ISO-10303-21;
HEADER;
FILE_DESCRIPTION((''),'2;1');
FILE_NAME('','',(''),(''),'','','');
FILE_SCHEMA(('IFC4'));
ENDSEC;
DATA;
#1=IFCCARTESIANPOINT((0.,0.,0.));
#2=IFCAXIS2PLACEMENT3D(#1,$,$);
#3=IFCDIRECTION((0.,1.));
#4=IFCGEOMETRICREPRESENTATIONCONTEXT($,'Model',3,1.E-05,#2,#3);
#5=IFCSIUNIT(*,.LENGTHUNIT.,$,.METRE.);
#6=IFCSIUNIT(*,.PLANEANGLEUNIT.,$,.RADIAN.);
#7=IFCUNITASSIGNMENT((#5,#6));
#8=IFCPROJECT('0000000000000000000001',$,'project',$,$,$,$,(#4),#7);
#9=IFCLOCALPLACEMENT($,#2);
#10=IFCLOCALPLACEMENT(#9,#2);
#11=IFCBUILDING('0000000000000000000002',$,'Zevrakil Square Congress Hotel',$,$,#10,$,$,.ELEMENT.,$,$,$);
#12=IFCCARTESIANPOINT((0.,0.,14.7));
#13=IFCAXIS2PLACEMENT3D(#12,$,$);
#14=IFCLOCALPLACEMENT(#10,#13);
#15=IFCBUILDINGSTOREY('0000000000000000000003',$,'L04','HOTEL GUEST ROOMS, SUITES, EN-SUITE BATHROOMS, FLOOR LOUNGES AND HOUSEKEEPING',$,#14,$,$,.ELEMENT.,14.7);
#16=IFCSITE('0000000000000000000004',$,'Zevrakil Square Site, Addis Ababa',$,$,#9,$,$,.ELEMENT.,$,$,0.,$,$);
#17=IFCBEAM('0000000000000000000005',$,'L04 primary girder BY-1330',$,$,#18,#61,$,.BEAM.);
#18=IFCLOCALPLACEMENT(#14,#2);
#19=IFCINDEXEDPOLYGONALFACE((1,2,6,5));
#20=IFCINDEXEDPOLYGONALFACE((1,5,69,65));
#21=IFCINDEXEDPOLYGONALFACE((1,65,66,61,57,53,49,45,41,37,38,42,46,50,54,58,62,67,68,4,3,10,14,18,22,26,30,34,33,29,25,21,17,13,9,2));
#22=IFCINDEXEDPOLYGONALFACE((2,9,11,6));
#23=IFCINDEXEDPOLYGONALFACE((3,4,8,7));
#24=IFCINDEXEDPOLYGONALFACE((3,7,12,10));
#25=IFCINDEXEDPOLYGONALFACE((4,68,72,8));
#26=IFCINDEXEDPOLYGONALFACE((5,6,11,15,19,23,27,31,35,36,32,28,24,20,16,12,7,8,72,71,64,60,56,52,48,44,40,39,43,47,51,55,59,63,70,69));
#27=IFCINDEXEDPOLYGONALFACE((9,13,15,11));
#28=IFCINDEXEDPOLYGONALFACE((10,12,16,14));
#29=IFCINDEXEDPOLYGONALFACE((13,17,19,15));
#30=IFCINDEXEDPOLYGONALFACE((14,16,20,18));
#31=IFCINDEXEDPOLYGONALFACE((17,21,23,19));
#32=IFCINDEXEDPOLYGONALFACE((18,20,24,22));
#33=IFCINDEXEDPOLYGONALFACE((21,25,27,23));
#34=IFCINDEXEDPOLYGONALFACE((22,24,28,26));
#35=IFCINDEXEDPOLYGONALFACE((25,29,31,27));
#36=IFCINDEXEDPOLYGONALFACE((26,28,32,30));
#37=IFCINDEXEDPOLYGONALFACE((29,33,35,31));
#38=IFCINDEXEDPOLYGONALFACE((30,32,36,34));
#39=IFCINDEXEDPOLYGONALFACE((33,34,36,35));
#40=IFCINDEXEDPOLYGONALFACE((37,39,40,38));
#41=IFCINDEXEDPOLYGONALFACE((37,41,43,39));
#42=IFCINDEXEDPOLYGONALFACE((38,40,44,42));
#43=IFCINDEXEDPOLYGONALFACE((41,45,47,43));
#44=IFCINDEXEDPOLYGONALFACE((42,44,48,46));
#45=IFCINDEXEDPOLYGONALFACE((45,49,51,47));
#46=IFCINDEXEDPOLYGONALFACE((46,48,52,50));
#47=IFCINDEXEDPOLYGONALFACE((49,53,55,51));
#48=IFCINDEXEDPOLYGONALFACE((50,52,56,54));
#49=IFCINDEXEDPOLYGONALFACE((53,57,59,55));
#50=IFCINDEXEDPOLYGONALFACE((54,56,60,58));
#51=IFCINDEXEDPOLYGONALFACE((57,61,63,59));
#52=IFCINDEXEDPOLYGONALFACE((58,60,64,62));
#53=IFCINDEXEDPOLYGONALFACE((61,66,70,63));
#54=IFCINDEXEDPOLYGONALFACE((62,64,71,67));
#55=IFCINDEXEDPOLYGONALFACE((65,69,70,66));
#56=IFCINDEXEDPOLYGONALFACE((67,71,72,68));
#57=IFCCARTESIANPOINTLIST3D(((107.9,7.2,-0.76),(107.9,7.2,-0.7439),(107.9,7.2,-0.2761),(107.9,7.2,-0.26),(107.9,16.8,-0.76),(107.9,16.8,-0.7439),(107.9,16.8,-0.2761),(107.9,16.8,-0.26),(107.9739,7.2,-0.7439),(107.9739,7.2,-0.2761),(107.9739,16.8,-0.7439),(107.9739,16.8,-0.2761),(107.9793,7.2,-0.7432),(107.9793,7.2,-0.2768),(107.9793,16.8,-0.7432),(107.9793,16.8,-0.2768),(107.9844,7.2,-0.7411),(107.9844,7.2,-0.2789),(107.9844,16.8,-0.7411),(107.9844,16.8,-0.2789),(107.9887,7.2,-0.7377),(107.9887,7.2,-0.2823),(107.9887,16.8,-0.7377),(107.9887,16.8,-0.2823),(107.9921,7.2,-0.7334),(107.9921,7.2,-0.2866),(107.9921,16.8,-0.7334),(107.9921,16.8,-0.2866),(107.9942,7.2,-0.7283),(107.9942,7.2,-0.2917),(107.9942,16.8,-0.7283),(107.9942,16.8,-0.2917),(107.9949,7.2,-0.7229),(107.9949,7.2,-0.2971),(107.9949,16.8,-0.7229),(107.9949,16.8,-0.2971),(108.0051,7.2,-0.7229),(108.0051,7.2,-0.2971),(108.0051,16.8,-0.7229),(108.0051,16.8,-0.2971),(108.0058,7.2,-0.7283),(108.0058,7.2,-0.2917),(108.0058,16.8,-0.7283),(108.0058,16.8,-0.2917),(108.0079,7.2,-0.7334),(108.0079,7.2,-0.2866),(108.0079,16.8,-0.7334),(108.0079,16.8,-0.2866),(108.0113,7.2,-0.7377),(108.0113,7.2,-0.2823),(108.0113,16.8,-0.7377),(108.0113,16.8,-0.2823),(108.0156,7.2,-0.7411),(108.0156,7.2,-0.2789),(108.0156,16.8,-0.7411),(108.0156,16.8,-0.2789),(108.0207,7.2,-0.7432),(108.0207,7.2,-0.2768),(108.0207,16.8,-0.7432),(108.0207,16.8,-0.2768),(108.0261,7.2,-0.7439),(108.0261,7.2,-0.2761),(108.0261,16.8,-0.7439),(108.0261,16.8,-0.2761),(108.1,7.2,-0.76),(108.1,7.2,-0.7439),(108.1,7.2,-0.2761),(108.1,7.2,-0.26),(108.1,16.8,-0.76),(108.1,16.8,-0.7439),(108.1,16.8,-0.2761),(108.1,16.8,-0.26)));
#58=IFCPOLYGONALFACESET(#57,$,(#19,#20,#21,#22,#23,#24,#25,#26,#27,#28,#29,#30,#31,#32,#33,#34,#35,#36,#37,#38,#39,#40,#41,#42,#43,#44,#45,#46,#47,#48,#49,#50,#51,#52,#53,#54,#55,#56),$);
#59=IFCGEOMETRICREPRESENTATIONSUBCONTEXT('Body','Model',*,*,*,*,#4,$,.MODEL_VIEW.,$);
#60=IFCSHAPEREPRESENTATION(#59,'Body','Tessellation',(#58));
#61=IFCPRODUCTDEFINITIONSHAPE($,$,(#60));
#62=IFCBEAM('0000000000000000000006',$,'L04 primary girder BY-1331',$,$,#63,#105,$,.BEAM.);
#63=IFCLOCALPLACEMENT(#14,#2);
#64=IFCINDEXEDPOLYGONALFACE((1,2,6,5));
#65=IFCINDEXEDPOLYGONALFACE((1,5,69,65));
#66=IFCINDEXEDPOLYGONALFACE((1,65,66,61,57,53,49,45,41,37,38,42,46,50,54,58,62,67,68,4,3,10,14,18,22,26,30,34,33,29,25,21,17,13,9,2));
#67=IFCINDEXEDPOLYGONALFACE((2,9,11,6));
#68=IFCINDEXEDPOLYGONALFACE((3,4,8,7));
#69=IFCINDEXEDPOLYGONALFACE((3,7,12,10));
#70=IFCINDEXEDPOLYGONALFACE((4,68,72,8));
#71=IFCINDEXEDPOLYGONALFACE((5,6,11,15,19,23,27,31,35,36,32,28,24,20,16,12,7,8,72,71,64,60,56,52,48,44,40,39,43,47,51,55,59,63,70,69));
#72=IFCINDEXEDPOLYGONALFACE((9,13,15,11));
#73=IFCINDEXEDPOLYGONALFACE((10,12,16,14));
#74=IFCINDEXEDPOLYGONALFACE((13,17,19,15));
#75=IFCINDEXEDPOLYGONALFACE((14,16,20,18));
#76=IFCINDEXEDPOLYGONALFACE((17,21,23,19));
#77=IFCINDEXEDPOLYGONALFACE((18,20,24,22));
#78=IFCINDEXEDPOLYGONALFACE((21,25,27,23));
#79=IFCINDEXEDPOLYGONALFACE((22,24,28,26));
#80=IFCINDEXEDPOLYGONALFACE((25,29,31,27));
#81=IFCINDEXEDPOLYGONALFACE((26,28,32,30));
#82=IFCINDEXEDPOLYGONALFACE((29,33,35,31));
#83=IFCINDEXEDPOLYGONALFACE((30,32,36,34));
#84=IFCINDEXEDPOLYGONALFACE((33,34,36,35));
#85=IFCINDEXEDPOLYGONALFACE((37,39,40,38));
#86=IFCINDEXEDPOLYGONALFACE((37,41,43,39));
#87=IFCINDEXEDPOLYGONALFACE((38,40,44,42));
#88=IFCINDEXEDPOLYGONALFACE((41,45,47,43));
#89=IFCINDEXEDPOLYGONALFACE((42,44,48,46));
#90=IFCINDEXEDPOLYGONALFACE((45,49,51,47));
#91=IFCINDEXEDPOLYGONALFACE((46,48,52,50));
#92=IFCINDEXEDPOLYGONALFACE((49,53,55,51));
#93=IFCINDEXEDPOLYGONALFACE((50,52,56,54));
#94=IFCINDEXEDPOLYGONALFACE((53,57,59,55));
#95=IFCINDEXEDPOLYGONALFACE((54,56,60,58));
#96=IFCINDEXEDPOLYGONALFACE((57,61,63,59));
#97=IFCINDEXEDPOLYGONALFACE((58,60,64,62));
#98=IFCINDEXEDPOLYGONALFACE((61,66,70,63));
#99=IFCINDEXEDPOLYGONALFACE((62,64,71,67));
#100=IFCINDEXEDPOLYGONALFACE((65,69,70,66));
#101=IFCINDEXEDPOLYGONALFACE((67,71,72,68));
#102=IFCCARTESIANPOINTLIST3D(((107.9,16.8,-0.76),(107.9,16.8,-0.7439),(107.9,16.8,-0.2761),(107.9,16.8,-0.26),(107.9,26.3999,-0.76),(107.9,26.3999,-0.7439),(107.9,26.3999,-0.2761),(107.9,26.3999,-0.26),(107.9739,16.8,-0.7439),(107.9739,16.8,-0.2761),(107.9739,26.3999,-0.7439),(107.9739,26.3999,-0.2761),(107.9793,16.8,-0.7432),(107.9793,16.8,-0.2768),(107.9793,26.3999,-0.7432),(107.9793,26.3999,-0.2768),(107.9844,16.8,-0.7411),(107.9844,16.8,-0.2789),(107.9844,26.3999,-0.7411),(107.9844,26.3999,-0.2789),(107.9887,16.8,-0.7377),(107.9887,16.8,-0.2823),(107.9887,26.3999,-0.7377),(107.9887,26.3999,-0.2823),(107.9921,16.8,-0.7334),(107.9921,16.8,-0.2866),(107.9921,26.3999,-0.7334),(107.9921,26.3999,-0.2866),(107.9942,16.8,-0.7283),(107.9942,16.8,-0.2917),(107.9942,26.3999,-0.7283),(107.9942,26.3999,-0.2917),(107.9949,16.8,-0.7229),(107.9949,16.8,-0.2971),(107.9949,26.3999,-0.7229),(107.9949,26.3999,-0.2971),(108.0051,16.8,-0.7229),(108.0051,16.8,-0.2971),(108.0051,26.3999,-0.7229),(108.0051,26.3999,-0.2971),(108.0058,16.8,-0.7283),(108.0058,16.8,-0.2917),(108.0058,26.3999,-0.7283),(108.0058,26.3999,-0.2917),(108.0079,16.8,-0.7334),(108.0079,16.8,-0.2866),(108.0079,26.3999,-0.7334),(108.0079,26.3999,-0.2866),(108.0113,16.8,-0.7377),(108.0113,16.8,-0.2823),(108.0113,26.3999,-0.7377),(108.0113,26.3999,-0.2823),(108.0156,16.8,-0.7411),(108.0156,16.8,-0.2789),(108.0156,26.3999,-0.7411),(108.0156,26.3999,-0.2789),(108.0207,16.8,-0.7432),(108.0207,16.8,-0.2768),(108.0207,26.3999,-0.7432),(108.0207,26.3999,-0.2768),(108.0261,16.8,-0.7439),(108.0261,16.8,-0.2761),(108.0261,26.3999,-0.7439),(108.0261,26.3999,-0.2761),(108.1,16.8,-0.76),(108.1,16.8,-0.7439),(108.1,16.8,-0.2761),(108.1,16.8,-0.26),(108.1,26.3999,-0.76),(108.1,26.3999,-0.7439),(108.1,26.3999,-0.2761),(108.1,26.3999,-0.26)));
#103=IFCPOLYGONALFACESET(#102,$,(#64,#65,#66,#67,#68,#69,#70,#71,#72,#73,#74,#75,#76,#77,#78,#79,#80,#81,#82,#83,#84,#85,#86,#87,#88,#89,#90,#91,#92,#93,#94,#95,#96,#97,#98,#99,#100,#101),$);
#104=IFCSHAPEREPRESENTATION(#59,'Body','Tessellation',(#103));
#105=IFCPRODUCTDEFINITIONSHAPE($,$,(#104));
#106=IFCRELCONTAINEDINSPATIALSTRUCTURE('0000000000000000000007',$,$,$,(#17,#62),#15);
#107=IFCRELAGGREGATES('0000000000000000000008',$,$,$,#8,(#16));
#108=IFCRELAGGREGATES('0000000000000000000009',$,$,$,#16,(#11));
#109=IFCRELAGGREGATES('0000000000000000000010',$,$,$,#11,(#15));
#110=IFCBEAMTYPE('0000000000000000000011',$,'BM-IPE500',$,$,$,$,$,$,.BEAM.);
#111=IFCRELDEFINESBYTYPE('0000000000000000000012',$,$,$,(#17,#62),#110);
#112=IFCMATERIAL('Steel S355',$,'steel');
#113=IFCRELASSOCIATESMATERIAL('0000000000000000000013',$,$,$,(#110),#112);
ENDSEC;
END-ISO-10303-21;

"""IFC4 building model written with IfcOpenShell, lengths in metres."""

from ifc_helpers import new_model, si_unit, direction, frame, origin, origin_2d, place, context, subcontext, project, spatial, i_section, extrude, material, material_profile, profile_set, type_object, element, save


model = new_model("IFC4")

# Units and contexts
model_context = context("Model", 3, precision=1e-05, world=origin(), true_north=direction((0.0, 1.0)))
body_context = subcontext(model_context, "Body", "Model", "MODEL_VIEW")
ifc_project = project(units=[si_unit("LENGTHUNIT", "METRE"), si_unit("PLANEANGLEUNIT", "RADIAN")], contexts=[model_context])

# Site, building, storey
site_placement = place(None, origin())
site = spatial("IfcSite", under=ifc_project, at=site_placement, Name="Zevrakil Square Site, Addis Ababa", CompositionType="ELEMENT", RefElevation=0.0)
building_placement = place(site_placement, origin())
building = spatial("IfcBuilding", under=site, at=building_placement, Name="Zevrakil Square Congress Hotel", CompositionType="ELEMENT")
storey_placement = place(building_placement, frame((0.0, 0.0, 14.7)))
storey = spatial("IfcBuildingStorey", under=building, at=storey_placement, Name="L04", Description="HOTEL GUEST ROOMS, SUITES, EN-SUITE BATHROOMS, FLOOR LOUNGES AND HOUSEKEEPING", CompositionType="ELEMENT", Elevation=14.7)

# Beams
ifc_material_1 = material(Name="Steel S355", Category="steel")
ifc_material_profile_1 = material_profile(ifc_material_1, i_section(OverallWidth=0.2, OverallDepth=0.5, WebThickness=0.0103, FlangeThickness=0.0161, FilletRadius=0.021, at=origin_2d()), Name="IPE 500")
ifc_profile_set_1 = profile_set([ifc_material_profile_1], Name="Steel S355")
beam_type_1 = type_object("IfcBeamType", Name="BM-IPE500", PredefinedType="BEAM", material=ifc_profile_set_1)
for number, where, z_axis, x_axis, name in (
    (1, (108.0, 7.2, -0.51), (0.0, 1.0, 0.0), (-1.0, 0.0, 0.0), "L04 primary girder BY-1330"),
):
    element("IfcBeam", number, at=place(storey_placement, frame(where, z_axis=z_axis, x_axis=x_axis)), inside=storey, type_object=beam_type_1, Name=name, PredefinedType="BEAM", context=body_context, shape_type="SweptSolid", body=[
        extrude(i_section(OverallWidth=0.2, OverallDepth=0.5, WebThickness=0.0103, FlangeThickness=0.0161, FilletRadius=0.021, at=origin_2d()), origin(), (0.0, 0.0, 1.0), 9.6001),
    ])
beam_1_placement = place(storey_placement, frame((108.0, 16.8, -0.51), z_axis=(0.0, 1.0, 0.0), x_axis=(-1.0, 0.0, 0.0)))
element("IfcBeam", 2, at=beam_1_placement, inside=storey, type_object=beam_type_1, Name="L04 primary girder BY-1331", PredefinedType="BEAM", context=body_context, shape_type="SweptSolid", body=[
    extrude(i_section(OverallWidth=0.2, OverallDepth=0.5, WebThickness=0.0103, FlangeThickness=0.0161, FilletRadius=0.021, at=origin_2d()), origin(), (0.0, 0.0, 1.0), 9.5999),
])

save(model, "model.ifc")
